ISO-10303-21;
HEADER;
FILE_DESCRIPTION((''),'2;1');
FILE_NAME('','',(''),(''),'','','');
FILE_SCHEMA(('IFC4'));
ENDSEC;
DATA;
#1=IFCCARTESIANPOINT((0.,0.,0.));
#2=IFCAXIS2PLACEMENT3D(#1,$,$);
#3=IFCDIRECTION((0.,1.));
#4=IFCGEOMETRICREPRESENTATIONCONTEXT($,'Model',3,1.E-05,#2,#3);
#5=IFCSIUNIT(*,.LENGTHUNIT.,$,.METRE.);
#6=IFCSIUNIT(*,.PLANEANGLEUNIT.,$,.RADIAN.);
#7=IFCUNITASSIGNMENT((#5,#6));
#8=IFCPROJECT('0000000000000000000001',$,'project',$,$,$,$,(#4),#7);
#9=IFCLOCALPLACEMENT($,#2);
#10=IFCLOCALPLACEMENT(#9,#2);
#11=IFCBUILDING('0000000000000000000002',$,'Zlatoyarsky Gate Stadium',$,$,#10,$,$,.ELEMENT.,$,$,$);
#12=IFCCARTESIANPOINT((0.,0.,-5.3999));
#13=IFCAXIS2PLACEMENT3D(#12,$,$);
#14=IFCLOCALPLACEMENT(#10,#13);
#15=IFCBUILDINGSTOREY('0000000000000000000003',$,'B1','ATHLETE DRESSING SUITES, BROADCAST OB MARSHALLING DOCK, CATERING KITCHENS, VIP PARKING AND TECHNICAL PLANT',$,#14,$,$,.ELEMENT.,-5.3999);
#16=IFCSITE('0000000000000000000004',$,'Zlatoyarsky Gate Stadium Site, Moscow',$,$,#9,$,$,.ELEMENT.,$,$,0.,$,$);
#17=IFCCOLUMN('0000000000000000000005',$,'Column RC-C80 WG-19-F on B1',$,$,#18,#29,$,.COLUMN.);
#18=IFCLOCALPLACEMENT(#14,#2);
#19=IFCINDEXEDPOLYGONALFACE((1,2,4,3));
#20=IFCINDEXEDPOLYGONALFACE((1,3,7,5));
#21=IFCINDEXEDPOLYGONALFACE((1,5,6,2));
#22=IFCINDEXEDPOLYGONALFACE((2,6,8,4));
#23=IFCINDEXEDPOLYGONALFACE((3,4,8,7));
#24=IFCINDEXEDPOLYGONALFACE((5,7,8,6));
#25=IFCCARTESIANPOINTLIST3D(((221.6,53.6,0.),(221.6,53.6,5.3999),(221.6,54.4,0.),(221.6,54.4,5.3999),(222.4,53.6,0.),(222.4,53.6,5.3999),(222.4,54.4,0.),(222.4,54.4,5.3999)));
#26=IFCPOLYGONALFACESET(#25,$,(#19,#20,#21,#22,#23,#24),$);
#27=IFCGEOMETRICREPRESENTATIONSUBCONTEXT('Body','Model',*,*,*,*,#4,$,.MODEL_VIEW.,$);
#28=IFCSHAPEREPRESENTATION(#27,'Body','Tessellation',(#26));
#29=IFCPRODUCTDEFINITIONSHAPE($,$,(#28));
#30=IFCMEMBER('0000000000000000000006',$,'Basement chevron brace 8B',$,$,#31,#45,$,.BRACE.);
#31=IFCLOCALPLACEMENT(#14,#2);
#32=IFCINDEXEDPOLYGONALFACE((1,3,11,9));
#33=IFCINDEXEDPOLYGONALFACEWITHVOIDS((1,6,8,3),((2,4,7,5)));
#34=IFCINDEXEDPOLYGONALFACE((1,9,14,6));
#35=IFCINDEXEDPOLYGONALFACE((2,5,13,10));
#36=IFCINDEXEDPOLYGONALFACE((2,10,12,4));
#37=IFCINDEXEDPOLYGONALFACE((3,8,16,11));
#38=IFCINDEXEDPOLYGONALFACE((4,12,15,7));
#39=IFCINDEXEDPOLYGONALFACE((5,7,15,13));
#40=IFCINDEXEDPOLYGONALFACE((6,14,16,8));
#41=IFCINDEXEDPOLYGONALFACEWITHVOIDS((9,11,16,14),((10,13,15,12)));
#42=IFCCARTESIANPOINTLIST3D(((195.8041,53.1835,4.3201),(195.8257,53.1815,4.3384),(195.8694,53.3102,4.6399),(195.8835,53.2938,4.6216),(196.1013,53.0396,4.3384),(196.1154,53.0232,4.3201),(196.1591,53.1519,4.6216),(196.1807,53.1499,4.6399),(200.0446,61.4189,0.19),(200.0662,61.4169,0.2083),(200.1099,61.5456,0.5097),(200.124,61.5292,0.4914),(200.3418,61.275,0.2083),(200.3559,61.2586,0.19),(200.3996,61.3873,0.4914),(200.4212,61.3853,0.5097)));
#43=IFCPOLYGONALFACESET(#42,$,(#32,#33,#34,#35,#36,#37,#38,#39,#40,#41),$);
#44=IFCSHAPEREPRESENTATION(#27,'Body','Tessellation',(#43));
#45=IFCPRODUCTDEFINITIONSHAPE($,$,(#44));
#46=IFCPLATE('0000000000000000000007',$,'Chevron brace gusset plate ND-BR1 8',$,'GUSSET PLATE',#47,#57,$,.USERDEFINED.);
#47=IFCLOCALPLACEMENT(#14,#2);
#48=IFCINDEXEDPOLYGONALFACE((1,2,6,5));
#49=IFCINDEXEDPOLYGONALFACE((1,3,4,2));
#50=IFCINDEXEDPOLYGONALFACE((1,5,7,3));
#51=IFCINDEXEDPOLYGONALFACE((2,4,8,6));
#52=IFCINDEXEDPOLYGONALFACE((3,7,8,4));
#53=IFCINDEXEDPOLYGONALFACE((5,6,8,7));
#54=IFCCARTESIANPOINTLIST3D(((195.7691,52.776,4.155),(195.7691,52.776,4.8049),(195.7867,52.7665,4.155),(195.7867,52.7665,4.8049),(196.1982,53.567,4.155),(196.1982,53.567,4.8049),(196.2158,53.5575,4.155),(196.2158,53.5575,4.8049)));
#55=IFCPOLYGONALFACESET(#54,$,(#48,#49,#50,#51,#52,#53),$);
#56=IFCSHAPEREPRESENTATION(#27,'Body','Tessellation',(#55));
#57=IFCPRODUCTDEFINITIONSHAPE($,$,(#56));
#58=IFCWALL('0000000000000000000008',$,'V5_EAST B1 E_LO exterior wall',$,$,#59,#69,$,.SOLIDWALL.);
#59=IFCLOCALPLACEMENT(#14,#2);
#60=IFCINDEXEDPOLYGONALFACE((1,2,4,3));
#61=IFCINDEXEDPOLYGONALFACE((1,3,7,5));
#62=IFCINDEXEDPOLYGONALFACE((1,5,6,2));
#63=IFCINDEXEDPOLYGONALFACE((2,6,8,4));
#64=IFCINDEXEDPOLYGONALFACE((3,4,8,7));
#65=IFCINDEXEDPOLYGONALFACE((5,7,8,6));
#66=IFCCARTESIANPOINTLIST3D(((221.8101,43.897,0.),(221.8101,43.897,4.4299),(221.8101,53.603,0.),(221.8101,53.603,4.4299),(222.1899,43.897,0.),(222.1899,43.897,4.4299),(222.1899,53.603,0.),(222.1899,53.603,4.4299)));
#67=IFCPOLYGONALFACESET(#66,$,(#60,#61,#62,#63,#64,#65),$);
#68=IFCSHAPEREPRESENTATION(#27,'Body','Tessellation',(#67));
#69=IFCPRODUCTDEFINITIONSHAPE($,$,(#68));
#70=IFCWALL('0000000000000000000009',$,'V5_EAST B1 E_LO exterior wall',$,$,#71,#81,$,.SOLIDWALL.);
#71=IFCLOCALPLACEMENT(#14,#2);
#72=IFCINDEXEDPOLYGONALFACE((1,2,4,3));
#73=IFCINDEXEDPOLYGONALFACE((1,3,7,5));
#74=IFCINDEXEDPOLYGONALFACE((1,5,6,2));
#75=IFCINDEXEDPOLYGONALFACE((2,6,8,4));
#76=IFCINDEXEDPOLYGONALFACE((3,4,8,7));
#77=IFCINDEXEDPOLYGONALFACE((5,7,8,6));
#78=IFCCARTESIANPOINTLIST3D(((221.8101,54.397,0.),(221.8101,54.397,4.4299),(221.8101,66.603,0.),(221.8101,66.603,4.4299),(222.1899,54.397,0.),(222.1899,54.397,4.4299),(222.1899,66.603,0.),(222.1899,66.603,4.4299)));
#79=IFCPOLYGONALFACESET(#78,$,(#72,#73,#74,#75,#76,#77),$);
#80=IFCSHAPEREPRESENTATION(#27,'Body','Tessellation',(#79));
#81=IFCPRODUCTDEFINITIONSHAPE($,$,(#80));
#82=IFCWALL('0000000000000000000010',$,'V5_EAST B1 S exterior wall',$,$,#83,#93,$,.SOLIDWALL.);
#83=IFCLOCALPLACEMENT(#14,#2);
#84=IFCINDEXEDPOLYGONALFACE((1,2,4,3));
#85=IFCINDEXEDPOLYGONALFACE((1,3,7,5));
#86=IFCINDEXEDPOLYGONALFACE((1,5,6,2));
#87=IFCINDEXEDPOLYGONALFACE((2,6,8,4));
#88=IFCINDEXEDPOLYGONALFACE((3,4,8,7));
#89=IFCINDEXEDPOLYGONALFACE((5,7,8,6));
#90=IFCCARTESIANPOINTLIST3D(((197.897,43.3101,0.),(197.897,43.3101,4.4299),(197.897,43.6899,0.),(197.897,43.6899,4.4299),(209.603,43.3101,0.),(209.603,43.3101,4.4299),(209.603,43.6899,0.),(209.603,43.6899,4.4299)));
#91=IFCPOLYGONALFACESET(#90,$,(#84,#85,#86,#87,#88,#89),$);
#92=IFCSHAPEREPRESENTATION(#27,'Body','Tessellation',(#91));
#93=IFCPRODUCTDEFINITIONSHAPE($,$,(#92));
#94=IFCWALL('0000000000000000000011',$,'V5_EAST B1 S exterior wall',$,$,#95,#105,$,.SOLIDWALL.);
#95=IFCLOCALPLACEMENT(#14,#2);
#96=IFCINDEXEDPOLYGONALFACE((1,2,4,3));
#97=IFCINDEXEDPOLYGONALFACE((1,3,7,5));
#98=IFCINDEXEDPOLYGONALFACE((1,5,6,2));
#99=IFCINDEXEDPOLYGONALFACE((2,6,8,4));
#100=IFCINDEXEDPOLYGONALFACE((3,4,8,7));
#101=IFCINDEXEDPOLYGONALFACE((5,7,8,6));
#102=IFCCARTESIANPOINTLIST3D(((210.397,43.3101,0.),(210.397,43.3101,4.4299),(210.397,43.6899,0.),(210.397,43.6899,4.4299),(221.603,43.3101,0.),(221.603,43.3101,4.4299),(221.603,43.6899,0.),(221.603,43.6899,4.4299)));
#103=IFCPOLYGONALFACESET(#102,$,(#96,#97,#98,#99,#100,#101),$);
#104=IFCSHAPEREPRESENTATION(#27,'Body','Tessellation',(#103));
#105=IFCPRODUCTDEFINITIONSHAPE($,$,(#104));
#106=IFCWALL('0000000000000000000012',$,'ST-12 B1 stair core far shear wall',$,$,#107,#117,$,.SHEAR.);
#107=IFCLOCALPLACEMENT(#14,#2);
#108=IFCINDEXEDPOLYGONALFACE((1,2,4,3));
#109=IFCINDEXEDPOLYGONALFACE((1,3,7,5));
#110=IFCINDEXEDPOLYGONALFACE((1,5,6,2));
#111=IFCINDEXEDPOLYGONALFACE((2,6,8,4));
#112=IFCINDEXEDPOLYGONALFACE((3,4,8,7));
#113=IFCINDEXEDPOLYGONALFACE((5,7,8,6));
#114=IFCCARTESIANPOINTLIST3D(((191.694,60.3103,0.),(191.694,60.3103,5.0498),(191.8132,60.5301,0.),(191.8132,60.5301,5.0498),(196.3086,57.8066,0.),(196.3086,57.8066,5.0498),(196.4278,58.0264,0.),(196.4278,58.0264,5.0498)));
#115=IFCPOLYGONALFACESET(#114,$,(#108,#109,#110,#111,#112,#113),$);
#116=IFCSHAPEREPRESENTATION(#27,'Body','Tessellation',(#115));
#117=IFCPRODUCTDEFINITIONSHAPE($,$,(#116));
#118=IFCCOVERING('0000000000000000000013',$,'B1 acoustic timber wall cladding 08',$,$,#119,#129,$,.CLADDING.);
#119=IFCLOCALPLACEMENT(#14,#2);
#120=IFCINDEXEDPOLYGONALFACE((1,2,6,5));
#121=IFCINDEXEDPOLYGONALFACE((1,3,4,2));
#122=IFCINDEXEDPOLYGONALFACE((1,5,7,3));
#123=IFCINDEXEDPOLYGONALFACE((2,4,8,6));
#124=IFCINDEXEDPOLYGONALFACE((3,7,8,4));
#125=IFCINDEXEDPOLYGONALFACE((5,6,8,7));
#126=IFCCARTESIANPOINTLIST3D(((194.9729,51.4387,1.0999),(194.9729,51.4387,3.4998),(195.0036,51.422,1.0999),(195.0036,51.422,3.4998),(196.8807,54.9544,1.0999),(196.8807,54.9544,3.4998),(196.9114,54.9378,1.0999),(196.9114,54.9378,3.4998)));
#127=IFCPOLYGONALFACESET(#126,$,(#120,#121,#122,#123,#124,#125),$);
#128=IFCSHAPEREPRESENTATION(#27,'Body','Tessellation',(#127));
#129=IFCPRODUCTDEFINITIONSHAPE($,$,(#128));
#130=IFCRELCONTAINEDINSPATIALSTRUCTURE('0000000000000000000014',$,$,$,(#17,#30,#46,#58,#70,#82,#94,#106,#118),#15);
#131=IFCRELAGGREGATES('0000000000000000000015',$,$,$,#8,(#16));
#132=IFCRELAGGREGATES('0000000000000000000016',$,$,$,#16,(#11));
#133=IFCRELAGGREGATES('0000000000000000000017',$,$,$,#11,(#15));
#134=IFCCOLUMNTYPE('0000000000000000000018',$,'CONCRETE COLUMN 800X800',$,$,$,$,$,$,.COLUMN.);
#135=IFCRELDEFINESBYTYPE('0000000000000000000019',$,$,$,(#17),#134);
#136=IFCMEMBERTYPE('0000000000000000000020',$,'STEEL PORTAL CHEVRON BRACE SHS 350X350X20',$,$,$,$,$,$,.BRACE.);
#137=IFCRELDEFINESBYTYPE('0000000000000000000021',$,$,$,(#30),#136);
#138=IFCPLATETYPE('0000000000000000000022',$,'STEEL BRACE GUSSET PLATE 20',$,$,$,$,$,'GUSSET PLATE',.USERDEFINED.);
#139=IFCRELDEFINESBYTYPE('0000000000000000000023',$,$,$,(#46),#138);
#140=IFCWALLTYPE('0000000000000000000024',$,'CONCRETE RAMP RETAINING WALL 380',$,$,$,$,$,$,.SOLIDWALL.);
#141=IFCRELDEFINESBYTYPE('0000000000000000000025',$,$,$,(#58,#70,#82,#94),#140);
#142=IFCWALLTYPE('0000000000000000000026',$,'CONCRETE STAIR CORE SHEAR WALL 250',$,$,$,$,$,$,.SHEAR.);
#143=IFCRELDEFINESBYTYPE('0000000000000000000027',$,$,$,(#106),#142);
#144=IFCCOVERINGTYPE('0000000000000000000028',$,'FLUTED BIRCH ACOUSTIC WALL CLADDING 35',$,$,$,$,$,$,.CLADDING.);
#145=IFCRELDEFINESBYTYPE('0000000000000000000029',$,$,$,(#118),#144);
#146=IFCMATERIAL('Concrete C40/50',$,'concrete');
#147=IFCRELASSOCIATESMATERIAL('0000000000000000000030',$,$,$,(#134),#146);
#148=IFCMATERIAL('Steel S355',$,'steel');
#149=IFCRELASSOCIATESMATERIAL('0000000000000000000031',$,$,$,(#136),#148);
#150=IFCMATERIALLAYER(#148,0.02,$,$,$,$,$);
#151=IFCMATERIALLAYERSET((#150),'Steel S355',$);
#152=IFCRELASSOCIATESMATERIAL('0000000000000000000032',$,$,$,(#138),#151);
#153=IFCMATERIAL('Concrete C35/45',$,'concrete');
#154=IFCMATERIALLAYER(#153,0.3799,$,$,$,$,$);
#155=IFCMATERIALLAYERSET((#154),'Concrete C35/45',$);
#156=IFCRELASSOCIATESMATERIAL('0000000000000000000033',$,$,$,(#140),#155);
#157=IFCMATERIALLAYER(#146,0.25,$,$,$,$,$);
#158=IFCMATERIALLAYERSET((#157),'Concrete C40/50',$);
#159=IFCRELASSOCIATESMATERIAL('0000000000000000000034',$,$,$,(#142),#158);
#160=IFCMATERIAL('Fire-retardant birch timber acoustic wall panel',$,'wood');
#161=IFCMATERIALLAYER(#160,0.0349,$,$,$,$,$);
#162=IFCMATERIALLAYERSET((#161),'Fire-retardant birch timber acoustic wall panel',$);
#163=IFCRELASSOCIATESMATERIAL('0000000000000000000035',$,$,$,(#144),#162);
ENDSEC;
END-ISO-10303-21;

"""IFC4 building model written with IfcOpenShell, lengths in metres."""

from ifc_helpers import new_model, si_unit, direction, frame, frame_2d, origin, origin_2d, place, context, subcontext, project, spatial, rectangle, hollow_rectangle, extrude, material, layer, layer_set, material_profile, profile_set, type_object, element, save


model = new_model("IFC4")

# Units and contexts
model_context = context("Model", 3, precision=1e-05, world=origin(), true_north=direction((0.0, 1.0)))
body_context = subcontext(model_context, "Body", "Model", "MODEL_VIEW")
ifc_project = project(units=[si_unit("LENGTHUNIT", "METRE"), si_unit("PLANEANGLEUNIT", "RADIAN")], contexts=[model_context])

# Site, building, storey
site_placement = place(None, origin())
site = spatial("IfcSite", under=ifc_project, at=site_placement, Name="Zlatoyarsky Gate Stadium Site, Moscow", CompositionType="ELEMENT", RefElevation=0.0)
building_placement = place(site_placement, origin())
building = spatial("IfcBuilding", under=site, at=building_placement, Name="Zlatoyarsky Gate Stadium", CompositionType="ELEMENT")
storey_placement = place(building_placement, frame((0.0, 0.0, -5.3999)))
storey = spatial("IfcBuildingStorey", under=building, at=storey_placement, Name="B1", Description="ATHLETE DRESSING SUITES, BROADCAST OB MARSHALLING DOCK, CATERING KITCHENS, VIP PARKING AND TECHNICAL PLANT", CompositionType="ELEMENT", Elevation=-5.3999)

# Shared definitions
ifc_material_1 = material(Name="Concrete C35/45", Category="concrete")

# Column
ifc_material_2 = material(Name="Concrete C40/50", Category="concrete")
ifc_material_profile_1 = material_profile(ifc_material_2, rectangle(XDim=0.8, YDim=0.8, at=origin_2d()), Name="RC COL 800X800")
ifc_profile_set_1 = profile_set([ifc_material_profile_1], Name="Concrete C40/50")
column_type = type_object("IfcColumnType", Name="CONCRETE COLUMN 800X800", PredefinedType="COLUMN", material=ifc_profile_set_1)
for number, where, z_axis, x_axis, name in (
    (1, (222.0, 54.0, 0.0), (0.0, 0.0, 1.0), (1.0, 0.0, 0.0), "Column RC-C80 WG-19-F on B1"),
):
    element("IfcColumn", number, at=place(storey_placement, frame(where, z_axis=z_axis, x_axis=x_axis)), inside=storey, type_object=column_type, Name=name, PredefinedType="COLUMN", context=body_context, shape_type="SweptSolid", body=[
        extrude(rectangle(XDim=0.8, YDim=0.8, at=origin_2d()), origin(), (0.0, 0.0, 1.0), 5.3999),
    ])

# Member
ifc_material_3 = material(Name="Steel S355", Category="steel")
ifc_material_profile_2 = material_profile(ifc_material_3, hollow_rectangle(XDim=0.3501, YDim=0.3501, WallThickness=0.02, at=origin_2d()), Name="SHS 350X350X20")
ifc_profile_set_2 = profile_set([ifc_material_profile_2], Name="Steel S355")
member_type = type_object("IfcMemberType", Name="STEEL PORTAL CHEVRON BRACE SHS 350X350X20", PredefinedType="BRACE", material=ifc_profile_set_2)
member_placement = place(storey_placement, frame((200.2329, 61.4021, 0.3499), z_axis=(-0.41811, -0.812003, 0.407229), x_axis=(0.889061, -0.457788, 0.0)))
element("IfcMember", 2, at=member_placement, inside=storey, type_object=member_type, Name="Basement chevron brace 8B", PredefinedType="BRACE", context=body_context, shape_type="SweptSolid", body=[
    extrude(hollow_rectangle(XDim=0.3501, YDim=0.3501, WallThickness=0.02, at=origin_2d()), origin(), (0.0, 0.0, 1.0), 10.1421),
])

# Plate
ifc_layer_1 = layer(ifc_material_3, 0.02)
ifc_layer_set_1 = layer_set([ifc_layer_1], Name="Steel S355")
plate_type = type_object("IfcPlateType", Name="STEEL BRACE GUSSET PLATE 20", ElementType="GUSSET PLATE", PredefinedType="USERDEFINED", material=ifc_layer_set_1)
plate_placement = place(storey_placement, frame((195.9924, 53.1667, 4.155), z_axis=(0.0, 0.0, 1.0), x_axis=(0.476891, 0.878963, 0.0)))
element("IfcPlate", 3, at=plate_placement, inside=storey, type_object=plate_type, Name="Chevron brace gusset plate ND-BR1 8", ObjectType="GUSSET PLATE", PredefinedType="USERDEFINED", context=body_context, shape_type="SweptSolid", body=[
    extrude(rectangle(XDim=0.8999, YDim=0.02, at=origin_2d()), origin(), (0.0, 0.0, 1.0), 0.6499),
])

# Walls
ifc_layer_2 = layer(ifc_material_1, 0.3799)
ifc_layer_set_2 = layer_set([ifc_layer_2], Name="Concrete C35/45")
wall_type_1 = type_object("IfcWallType", Name="CONCRETE RAMP RETAINING WALL 380", PredefinedType="SOLIDWALL", material=ifc_layer_set_2)
wall_1_placement = place(storey_placement, frame((222.0, 43.897, 0.0), z_axis=(0.0, 0.0, 1.0), x_axis=(0.0, 1.0, 0.0)))
element("IfcWall", 4, at=wall_1_placement, inside=storey, type_object=wall_type_1, Name="V5_EAST B1 E_LO exterior wall", PredefinedType="SOLIDWALL", context=body_context, shape_type="SweptSolid", body=[
    extrude(rectangle(XDim=9.7061, YDim=0.3799, at=frame_2d((4.853, 0.0))), origin(), (0.0, 0.0, 1.0), 4.4299),
])
wall_2_placement = place(storey_placement, frame((222.0, 54.397, 0.0), z_axis=(0.0, 0.0, 1.0), x_axis=(0.0, 1.0, 0.0)))
element("IfcWall", 5, at=wall_2_placement, inside=storey, type_object=wall_type_1, Name="V5_EAST B1 E_LO exterior wall", PredefinedType="SOLIDWALL", context=body_context, shape_type="SweptSolid", body=[
    extrude(rectangle(XDim=12.2061, YDim=0.3799, at=frame_2d((6.103, 0.0))), origin(), (0.0, 0.0, 1.0), 4.4299),
])
wall_3_placement = place(storey_placement, frame((197.897, 43.5, 0.0), z_axis=(0.0, 0.0, 1.0), x_axis=(1.0, 0.0, 0.0)))
element("IfcWall", 6, at=wall_3_placement, inside=storey, type_object=wall_type_1, Name="V5_EAST B1 S exterior wall", PredefinedType="SOLIDWALL", context=body_context, shape_type="SweptSolid", body=[
    extrude(rectangle(XDim=11.7061, YDim=0.3799, at=frame_2d((5.853, 0.0))), origin(), (0.0, 0.0, 1.0), 4.4299),
])
wall_4_placement = place(storey_placement, frame((210.397, 43.5, 0.0), z_axis=(0.0, 0.0, 1.0), x_axis=(1.0, 0.0, 0.0)))
element("IfcWall", 7, at=wall_4_placement, inside=storey, type_object=wall_type_1, Name="V5_EAST B1 S exterior wall", PredefinedType="SOLIDWALL", context=body_context, shape_type="SweptSolid", body=[
    extrude(rectangle(XDim=11.2061, YDim=0.3799, at=frame_2d((5.603, 0.0))), origin(), (0.0, 0.0, 1.0), 4.4299),
])
ifc_layer_3 = layer(ifc_material_2, 0.25)
ifc_layer_set_3 = layer_set([ifc_layer_3], Name="Concrete C40/50")
wall_type_2 = type_object("IfcWallType", Name="CONCRETE STAIR CORE SHEAR WALL 250", PredefinedType="SHEAR", material=ifc_layer_set_3)
wall_5_placement = place(storey_placement, frame((196.3682, 57.9165, 0.0), z_axis=(0.0, 0.0, 1.0), x_axis=(-0.878961, 0.476893, 0.0)))
element("IfcWall", 8, at=wall_5_placement, inside=storey, type_object=wall_type_2, Name="ST-12 B1 stair core far shear wall", PredefinedType="SHEAR", context=body_context, shape_type="SweptSolid", body=[
    extrude(rectangle(XDim=5.25, YDim=0.25, at=frame_2d((2.625, 0.0))), origin(), (0.0, 0.0, 1.0), 5.0498),
])

# Covering
ifc_material_4 = material(Name="Fire-retardant birch timber acoustic wall panel", Category="wood")
ifc_layer_4 = layer(ifc_material_4, 0.0349)
ifc_layer_set_4 = layer_set([ifc_layer_4], Name="Fire-retardant birch timber acoustic wall panel")
covering_type = type_object("IfcCoveringType", Name="FLUTED BIRCH ACOUSTIC WALL CLADDING 35", PredefinedType="CLADDING", material=ifc_layer_set_4)
covering_placement = place(storey_placement, frame((195.9421, 53.1882, 1.0999), z_axis=(0.0, 0.0, 1.0), x_axis=(0.476953, 0.878929, 0.0)))
element("IfcCovering", 9, at=covering_placement, inside=storey, type_object=covering_type, Name="B1 acoustic timber wall cladding 08", PredefinedType="CLADDING", context=body_context, shape_type="SweptSolid", body=[
    extrude(rectangle(XDim=4.0, YDim=0.0349, at=origin_2d()), origin(), (0.0, 0.0, 1.0), 2.3999),
])

save(model, "model.ifc")
